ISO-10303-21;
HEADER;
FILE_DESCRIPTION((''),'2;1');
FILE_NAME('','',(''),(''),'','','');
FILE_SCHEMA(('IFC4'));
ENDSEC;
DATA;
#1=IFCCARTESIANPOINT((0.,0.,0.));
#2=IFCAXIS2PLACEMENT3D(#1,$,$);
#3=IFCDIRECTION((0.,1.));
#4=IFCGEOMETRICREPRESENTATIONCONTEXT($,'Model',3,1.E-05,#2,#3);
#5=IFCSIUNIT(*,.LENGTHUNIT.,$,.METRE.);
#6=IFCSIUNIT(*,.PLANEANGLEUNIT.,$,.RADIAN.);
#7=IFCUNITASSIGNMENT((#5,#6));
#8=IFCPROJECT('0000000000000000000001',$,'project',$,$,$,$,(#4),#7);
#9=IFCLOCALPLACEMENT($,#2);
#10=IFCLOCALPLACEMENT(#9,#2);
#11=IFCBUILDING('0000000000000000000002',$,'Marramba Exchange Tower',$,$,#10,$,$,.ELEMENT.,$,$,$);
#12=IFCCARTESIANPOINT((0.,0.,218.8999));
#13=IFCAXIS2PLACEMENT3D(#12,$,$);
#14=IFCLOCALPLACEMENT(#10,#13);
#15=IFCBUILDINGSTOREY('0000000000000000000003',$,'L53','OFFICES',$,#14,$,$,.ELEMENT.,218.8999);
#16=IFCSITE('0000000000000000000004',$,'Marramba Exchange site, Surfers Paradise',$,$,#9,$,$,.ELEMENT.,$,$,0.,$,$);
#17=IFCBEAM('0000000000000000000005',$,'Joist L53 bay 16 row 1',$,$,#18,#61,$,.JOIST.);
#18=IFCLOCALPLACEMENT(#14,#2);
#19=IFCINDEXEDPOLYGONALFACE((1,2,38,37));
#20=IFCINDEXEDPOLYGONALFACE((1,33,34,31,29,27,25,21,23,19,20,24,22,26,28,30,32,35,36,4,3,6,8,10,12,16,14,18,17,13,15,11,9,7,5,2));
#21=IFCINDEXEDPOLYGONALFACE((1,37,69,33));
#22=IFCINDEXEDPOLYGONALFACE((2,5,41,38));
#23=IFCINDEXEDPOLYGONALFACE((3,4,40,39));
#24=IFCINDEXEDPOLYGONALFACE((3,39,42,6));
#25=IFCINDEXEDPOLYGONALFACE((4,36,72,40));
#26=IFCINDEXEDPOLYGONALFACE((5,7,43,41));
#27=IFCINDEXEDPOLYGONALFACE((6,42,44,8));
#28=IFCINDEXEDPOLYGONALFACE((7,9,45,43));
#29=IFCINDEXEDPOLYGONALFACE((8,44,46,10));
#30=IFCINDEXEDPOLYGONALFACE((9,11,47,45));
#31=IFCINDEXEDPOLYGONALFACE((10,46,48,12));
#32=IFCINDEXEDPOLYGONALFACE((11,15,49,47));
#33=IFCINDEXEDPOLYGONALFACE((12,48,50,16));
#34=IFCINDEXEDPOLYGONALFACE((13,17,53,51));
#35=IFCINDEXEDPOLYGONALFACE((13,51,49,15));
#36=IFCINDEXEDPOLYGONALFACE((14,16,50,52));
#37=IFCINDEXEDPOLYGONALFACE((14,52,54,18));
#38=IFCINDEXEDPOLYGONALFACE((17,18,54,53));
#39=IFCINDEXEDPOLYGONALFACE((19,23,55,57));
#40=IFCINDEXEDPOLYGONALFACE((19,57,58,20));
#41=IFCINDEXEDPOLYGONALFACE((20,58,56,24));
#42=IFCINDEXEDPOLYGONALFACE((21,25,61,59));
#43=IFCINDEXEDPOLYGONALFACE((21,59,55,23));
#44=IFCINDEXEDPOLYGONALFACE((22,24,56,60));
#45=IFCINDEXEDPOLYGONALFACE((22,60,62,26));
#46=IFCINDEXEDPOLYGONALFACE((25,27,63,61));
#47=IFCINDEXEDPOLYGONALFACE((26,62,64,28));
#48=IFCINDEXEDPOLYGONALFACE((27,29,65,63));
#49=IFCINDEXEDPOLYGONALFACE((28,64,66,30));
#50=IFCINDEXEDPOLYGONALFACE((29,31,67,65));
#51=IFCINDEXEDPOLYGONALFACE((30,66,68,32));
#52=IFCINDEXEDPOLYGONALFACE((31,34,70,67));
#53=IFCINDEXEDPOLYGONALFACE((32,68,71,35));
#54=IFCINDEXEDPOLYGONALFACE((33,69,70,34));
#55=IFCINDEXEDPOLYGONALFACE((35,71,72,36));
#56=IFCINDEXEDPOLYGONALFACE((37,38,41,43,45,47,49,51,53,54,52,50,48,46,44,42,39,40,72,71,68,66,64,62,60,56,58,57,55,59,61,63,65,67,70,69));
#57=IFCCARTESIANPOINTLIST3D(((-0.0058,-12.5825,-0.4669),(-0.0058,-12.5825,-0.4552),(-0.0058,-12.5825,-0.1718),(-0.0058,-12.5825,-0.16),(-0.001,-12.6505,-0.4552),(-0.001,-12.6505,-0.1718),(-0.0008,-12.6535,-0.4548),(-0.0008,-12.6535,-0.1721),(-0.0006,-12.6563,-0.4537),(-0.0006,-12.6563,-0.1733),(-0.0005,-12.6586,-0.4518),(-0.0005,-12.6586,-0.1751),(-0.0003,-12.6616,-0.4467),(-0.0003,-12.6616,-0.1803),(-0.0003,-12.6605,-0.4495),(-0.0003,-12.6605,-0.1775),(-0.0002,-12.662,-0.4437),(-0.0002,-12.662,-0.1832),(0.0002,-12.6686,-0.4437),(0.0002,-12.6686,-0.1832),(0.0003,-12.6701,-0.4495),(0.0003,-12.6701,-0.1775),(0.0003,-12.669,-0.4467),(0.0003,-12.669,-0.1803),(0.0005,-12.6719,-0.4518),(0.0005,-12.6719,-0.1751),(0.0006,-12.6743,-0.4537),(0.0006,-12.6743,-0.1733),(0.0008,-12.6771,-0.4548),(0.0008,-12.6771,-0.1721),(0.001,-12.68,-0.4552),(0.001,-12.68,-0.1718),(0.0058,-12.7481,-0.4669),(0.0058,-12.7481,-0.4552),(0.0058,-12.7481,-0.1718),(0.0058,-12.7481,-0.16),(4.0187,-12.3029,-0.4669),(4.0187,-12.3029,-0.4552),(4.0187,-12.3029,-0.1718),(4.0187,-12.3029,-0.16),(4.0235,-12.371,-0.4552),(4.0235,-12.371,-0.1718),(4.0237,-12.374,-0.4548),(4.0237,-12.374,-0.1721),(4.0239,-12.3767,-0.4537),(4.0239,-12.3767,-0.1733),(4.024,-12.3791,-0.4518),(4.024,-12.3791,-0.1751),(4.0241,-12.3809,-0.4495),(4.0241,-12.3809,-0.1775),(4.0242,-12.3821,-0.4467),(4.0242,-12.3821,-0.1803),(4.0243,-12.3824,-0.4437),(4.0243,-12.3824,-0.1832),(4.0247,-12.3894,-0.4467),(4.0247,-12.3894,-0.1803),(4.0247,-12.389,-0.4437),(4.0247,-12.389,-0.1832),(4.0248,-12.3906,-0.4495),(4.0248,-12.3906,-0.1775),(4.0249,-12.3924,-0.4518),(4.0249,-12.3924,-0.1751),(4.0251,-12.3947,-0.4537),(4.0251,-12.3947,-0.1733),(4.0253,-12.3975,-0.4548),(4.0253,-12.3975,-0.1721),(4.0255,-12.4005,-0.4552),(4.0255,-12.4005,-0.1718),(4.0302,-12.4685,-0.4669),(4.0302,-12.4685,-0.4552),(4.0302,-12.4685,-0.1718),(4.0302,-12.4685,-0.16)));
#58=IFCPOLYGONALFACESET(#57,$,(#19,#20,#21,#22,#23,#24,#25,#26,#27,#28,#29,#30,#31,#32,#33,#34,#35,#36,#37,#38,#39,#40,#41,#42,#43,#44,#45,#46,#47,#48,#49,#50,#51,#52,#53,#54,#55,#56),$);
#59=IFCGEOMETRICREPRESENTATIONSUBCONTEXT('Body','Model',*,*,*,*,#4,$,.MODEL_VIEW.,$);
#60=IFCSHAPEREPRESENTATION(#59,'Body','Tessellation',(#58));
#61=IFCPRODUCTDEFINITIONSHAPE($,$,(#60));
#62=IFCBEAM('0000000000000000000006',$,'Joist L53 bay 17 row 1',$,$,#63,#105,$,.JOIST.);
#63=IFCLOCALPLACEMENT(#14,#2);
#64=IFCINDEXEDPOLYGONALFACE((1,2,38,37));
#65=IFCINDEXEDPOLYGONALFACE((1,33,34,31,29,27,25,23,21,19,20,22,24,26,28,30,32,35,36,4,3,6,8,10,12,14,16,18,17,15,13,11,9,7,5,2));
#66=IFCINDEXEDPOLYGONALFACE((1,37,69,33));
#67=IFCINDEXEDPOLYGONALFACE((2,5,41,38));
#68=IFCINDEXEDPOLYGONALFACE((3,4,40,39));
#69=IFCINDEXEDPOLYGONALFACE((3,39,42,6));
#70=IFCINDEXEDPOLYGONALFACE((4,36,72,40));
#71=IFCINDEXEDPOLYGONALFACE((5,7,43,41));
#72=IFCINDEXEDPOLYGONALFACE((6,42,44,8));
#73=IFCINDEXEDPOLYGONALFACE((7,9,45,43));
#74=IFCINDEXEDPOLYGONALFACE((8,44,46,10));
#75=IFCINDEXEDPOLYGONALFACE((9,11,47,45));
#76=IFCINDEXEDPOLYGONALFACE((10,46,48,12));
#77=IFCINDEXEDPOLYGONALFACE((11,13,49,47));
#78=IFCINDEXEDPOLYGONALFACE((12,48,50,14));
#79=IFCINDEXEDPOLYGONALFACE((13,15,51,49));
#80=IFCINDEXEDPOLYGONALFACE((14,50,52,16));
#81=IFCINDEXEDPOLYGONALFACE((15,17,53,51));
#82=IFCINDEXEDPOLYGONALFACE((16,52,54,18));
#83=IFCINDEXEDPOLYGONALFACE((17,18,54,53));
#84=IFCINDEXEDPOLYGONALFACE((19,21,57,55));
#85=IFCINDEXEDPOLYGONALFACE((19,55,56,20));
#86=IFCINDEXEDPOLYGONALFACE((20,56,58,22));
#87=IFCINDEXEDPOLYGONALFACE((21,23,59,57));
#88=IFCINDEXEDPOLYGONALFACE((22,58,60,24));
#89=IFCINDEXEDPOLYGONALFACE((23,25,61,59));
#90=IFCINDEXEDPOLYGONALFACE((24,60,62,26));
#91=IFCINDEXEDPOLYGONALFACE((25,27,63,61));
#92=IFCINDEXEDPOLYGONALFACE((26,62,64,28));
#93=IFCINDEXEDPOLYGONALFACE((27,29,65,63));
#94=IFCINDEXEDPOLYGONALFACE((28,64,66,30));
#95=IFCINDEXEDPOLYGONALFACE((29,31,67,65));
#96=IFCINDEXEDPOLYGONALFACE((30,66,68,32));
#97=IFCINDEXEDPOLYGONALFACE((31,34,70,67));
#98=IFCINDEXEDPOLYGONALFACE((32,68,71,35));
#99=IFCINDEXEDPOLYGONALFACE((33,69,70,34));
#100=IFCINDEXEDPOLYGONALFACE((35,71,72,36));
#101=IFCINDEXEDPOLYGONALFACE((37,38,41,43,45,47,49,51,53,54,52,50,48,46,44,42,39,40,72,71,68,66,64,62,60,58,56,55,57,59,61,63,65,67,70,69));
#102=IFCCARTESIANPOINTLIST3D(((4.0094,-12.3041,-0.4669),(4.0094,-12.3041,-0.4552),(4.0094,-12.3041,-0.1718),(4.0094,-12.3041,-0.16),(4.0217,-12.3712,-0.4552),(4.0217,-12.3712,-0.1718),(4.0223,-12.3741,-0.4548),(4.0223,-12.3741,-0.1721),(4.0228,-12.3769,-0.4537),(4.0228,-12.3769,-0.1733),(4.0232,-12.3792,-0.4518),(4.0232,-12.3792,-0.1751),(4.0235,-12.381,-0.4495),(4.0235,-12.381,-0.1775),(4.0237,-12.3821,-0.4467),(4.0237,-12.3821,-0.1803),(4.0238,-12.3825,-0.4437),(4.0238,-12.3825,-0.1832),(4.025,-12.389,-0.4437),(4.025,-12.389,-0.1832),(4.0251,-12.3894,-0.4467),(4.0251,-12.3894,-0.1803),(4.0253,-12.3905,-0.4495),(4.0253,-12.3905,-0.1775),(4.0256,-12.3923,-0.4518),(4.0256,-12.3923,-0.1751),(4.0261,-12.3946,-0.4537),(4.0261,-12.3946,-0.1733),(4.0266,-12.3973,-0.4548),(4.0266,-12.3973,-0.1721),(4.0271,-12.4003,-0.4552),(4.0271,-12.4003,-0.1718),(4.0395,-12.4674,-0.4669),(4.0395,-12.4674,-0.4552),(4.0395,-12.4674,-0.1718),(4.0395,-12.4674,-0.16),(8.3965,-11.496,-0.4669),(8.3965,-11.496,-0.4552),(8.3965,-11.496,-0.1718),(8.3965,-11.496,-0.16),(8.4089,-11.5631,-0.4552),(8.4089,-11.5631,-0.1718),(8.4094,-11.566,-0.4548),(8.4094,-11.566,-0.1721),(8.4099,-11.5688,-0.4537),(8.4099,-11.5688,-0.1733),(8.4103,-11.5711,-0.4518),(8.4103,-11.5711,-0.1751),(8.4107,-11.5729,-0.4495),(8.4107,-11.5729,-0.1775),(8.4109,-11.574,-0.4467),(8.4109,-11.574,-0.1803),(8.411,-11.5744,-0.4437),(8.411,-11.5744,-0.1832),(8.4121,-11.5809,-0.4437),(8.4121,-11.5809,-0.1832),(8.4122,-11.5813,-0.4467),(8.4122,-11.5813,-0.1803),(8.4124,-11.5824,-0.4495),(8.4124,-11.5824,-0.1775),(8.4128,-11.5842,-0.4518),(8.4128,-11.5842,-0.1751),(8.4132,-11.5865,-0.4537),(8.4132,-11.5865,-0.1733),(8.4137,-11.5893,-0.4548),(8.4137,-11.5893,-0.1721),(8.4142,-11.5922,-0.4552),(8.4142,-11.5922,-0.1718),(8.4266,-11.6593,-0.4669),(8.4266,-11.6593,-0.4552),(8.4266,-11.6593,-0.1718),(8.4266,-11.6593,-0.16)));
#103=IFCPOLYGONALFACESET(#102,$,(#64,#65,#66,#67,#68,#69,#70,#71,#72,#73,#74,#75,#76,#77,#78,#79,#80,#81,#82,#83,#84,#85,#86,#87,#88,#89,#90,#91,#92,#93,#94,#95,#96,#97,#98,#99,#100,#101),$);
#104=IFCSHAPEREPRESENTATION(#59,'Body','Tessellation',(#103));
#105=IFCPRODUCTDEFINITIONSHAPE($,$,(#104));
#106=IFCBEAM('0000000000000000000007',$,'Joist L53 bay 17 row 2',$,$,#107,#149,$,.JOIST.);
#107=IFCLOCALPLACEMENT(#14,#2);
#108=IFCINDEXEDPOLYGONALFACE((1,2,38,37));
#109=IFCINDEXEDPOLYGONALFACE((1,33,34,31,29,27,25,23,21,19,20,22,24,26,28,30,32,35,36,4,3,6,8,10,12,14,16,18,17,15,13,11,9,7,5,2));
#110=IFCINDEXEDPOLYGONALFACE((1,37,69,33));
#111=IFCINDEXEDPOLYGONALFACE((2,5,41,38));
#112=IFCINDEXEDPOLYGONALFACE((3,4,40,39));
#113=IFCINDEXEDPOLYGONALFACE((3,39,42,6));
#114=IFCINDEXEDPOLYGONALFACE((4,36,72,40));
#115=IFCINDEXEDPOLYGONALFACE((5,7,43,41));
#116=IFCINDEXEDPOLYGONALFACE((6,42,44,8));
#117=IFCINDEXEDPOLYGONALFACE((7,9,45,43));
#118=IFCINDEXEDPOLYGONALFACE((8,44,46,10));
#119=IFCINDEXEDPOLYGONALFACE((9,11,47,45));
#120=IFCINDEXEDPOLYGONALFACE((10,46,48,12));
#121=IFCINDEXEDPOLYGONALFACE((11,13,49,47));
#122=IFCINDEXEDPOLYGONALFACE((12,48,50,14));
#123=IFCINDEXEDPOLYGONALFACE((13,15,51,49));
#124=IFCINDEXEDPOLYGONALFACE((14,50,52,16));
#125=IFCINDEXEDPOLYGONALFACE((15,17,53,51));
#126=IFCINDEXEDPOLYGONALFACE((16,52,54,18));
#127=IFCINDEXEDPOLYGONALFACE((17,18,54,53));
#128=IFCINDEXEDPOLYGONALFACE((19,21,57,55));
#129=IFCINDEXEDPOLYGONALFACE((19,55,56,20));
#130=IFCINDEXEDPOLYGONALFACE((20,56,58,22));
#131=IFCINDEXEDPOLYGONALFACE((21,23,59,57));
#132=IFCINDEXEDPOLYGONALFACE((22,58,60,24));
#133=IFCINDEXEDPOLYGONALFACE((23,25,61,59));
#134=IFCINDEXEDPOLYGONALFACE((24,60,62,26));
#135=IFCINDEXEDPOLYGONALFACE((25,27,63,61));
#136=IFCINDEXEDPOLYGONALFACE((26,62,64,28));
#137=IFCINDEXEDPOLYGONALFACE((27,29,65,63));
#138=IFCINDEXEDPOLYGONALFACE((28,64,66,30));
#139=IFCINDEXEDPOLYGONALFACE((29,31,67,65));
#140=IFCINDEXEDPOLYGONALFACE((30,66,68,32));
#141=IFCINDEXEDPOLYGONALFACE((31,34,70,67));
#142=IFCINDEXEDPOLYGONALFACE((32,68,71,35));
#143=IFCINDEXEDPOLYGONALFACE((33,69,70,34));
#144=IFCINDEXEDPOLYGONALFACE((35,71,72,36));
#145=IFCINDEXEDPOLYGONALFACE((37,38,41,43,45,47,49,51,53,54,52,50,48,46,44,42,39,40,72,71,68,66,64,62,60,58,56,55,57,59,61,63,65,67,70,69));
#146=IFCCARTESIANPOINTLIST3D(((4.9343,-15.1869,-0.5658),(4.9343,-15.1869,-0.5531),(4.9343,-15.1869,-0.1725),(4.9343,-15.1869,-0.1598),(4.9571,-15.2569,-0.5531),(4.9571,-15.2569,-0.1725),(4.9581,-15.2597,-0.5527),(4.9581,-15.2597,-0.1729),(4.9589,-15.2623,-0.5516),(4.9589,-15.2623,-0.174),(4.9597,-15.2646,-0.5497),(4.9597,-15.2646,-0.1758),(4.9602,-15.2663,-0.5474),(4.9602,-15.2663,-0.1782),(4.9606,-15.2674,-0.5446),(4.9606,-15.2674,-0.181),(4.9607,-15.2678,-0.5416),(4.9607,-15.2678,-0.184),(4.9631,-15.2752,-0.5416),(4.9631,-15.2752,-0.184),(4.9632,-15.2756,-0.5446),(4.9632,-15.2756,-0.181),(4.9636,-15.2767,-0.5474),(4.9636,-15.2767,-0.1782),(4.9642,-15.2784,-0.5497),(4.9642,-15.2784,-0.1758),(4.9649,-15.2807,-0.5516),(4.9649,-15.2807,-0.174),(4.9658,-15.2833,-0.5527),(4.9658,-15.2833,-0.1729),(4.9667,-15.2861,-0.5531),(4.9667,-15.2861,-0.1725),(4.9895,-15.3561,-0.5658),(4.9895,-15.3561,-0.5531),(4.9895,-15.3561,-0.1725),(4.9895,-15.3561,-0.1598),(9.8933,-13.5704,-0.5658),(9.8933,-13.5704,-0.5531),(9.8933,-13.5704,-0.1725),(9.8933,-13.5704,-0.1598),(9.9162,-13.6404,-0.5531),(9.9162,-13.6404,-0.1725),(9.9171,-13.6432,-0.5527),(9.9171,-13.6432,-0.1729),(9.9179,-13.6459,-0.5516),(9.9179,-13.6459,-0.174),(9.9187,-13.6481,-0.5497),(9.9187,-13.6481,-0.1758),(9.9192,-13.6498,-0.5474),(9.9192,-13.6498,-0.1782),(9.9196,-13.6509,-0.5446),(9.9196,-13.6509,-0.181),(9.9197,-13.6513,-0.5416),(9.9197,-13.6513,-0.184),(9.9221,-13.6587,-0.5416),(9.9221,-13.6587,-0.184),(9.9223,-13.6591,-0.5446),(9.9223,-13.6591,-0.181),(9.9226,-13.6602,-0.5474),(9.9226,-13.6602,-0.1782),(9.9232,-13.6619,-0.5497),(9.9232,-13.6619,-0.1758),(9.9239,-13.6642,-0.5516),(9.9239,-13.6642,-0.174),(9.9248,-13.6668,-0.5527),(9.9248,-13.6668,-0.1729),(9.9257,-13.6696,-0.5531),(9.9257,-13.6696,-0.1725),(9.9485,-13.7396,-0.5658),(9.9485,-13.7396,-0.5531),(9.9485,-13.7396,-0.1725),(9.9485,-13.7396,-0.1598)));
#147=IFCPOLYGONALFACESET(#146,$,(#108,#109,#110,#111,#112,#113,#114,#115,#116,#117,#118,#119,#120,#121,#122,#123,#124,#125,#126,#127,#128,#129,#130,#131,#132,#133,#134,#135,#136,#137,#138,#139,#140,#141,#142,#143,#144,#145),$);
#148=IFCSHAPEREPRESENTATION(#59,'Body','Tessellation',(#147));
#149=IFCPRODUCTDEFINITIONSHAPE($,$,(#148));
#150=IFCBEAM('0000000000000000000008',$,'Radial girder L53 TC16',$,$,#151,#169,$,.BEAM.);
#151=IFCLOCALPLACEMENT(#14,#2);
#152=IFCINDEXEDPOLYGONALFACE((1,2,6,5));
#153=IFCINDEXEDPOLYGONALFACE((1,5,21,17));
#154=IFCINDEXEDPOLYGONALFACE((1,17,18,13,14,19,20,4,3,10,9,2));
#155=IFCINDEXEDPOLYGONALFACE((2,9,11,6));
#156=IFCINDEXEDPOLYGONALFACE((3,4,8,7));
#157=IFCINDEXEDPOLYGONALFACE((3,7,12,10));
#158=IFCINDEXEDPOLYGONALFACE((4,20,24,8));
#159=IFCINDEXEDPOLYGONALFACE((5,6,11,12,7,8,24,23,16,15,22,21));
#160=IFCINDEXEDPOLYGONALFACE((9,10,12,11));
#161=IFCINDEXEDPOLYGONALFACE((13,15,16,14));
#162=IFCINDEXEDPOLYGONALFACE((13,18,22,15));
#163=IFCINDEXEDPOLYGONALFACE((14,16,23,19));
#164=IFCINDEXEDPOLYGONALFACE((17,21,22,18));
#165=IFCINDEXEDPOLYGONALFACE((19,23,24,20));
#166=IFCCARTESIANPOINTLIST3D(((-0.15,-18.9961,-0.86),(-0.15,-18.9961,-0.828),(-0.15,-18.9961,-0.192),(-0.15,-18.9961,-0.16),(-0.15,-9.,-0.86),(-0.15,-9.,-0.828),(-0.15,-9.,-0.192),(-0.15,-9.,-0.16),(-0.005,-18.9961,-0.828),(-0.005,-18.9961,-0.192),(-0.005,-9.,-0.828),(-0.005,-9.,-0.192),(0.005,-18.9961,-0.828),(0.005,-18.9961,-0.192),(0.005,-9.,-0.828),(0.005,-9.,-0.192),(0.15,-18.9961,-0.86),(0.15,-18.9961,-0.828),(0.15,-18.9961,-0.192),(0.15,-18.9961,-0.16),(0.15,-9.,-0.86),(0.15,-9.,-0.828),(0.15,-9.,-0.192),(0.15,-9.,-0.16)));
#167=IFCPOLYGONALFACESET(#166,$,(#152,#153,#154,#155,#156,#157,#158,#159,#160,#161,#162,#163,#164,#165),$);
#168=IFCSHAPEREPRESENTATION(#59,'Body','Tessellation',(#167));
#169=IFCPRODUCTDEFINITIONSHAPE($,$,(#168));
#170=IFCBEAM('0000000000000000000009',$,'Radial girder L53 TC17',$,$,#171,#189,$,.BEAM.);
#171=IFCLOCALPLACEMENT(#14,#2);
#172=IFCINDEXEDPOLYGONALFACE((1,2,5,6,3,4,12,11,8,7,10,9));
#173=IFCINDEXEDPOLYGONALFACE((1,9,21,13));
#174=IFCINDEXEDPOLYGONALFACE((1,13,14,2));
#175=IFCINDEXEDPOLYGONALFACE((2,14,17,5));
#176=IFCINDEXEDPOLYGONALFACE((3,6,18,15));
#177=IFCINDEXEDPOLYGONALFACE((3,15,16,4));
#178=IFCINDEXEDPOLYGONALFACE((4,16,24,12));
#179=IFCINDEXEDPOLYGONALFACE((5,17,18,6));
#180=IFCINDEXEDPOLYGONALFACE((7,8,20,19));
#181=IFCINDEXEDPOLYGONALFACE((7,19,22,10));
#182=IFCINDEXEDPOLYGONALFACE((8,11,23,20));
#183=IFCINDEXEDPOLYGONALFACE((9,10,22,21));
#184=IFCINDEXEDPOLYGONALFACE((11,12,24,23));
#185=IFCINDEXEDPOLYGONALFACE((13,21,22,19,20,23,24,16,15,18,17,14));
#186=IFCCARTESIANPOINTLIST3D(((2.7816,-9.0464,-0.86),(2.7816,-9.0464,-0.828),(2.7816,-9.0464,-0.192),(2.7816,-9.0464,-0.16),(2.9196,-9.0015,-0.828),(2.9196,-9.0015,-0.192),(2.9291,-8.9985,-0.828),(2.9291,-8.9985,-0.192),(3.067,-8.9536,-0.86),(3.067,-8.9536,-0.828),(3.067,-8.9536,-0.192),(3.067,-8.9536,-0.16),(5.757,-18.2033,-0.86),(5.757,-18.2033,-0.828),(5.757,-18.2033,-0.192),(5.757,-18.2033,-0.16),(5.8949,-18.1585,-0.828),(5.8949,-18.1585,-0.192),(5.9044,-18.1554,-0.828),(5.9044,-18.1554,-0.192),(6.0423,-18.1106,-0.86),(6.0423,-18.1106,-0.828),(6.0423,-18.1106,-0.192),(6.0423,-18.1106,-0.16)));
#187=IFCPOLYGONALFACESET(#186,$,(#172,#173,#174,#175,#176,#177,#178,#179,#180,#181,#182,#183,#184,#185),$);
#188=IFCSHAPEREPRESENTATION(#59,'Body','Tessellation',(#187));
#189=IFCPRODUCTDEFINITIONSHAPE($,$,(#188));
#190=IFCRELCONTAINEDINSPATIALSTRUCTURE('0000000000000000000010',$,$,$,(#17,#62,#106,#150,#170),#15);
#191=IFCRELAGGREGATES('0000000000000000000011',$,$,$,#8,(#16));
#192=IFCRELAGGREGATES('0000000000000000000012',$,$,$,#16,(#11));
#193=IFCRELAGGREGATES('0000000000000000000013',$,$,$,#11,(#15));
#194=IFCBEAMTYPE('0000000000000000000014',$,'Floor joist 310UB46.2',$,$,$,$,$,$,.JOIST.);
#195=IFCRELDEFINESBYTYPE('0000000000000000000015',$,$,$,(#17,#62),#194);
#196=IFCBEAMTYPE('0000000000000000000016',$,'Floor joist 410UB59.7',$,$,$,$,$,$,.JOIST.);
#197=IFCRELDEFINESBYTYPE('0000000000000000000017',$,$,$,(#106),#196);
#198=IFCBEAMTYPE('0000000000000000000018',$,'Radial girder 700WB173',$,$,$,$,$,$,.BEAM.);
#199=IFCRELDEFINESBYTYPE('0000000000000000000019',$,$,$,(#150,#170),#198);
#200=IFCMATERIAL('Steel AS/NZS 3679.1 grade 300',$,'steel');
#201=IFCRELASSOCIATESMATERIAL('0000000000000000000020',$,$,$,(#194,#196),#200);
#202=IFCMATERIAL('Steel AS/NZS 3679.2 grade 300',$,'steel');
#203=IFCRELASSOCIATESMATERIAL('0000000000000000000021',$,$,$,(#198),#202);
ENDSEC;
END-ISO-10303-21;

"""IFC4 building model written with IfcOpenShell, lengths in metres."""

from ifc_helpers import new_model, si_unit, direction, frame, origin, origin_2d, place, context, subcontext, project, spatial, i_section, extrude, material, material_profile, profile_set, type_object, element, save


model = new_model("IFC4")

# Units and contexts
model_context = context("Model", 3, precision=1e-05, world=origin(), true_north=direction((0.0, 1.0)))
body_context = subcontext(model_context, "Body", "Model", "MODEL_VIEW")
ifc_project = project(units=[si_unit("LENGTHUNIT", "METRE"), si_unit("PLANEANGLEUNIT", "RADIAN")], contexts=[model_context])

# Site, building, storey
site_placement = place(None, origin())
site = spatial("IfcSite", under=ifc_project, at=site_placement, Name="Marramba Exchange site, Surfers Paradise", CompositionType="ELEMENT", RefElevation=0.0)
building_placement = place(site_placement, origin())
building = spatial("IfcBuilding", under=site, at=building_placement, Name="Marramba Exchange Tower", CompositionType="ELEMENT")
storey_placement = place(building_placement, frame((0.0, 0.0, 218.8999)))
storey = spatial("IfcBuildingStorey", under=building, at=storey_placement, Name="L53", Description="OFFICES", CompositionType="ELEMENT", Elevation=218.8999)

# Beams
ifc_material_1 = material(Name="Steel AS/NZS 3679.1 grade 300", Category="steel")
ifc_material_profile_1 = material_profile(ifc_material_1, i_section(OverallWidth=0.166, OverallDepth=0.3069, WebThickness=0.0066, FlangeThickness=0.0117, FilletRadius=0.0115, at=origin_2d()), Name="310UB46.2")
ifc_profile_set_1 = profile_set([ifc_material_profile_1], Name="Steel AS/NZS 3679.1 grade 300")
beam_type_1 = type_object("IfcBeamType", Name="Floor joist 310UB46.2", PredefinedType="JOIST", material=ifc_profile_set_1)
beam_1_placement = place(storey_placement, frame((0.0, -12.6653, -0.3135), z_axis=(0.997596, 0.069294, 0.0), x_axis=(-0.069294, 0.997596, 0.0)))
element("IfcBeam", 1, at=beam_1_placement, inside=storey, type_object=beam_type_1, Name="Joist L53 bay 16 row 1", PredefinedType="JOIST", context=body_context, shape_type="SweptSolid", body=[
    extrude(i_section(OverallWidth=0.166, OverallDepth=0.3069, WebThickness=0.0066, FlangeThickness=0.0117, FilletRadius=0.0115, at=origin_2d()), origin(), (0.0, 0.0, 1.0), 4.0342),
])
beam_2_placement = place(storey_placement, frame((4.0244, -12.3857, -0.3135), z_axis=(0.983456, 0.181149, 0.0), x_axis=(-0.181149, 0.983456, 0.0)))
element("IfcBeam", 2, at=beam_2_placement, inside=storey, type_object=beam_type_1, Name="Joist L53 bay 17 row 1", PredefinedType="JOIST", context=body_context, shape_type="SweptSolid", body=[
    extrude(i_section(OverallWidth=0.166, OverallDepth=0.3069, WebThickness=0.0066, FlangeThickness=0.0117, FilletRadius=0.0115, at=origin_2d()), origin(), (0.0, 0.0, 1.0), 4.4609),
])
ifc_material_profile_2 = material_profile(ifc_material_1, i_section(OverallWidth=0.178, OverallDepth=0.406, WebThickness=0.0078, FlangeThickness=0.0127, FilletRadius=0.0115, at=origin_2d()), Name="410UB59.7")
ifc_profile_set_2 = profile_set([ifc_material_profile_2], Name="Steel AS/NZS 3679.1 grade 300")
beam_type_2 = type_object("IfcBeamType", Name="Floor joist 410UB59.7", PredefinedType="JOIST", material=ifc_profile_set_2)
beam_3_placement = place(storey_placement, frame((4.9619, -15.2715, -0.3628), z_axis=(0.950764, 0.309916, 0.0), x_axis=(-0.309916, 0.950764, 0.0)))
element("IfcBeam", 3, at=beam_3_placement, inside=storey, type_object=beam_type_2, Name="Joist L53 bay 17 row 2", PredefinedType="JOIST", context=body_context, shape_type="SweptSolid", body=[
    extrude(i_section(OverallWidth=0.178, OverallDepth=0.406, WebThickness=0.0078, FlangeThickness=0.0127, FilletRadius=0.0115, at=origin_2d()), origin(), (0.0, 0.0, 1.0), 5.2158),
])
ifc_material_2 = material(Name="Steel AS/NZS 3679.2 grade 300", Category="steel")
ifc_material_profile_3 = material_profile(ifc_material_2, i_section(OverallWidth=0.3, OverallDepth=0.7, WebThickness=0.01, FlangeThickness=0.032, at=origin_2d()), Name="700WB173")
ifc_profile_set_3 = profile_set([ifc_material_profile_3], Name="Steel AS/NZS 3679.2 grade 300")
beam_type_3 = type_object("IfcBeamType", Name="Radial girder 700WB173", PredefinedType="BEAM", material=ifc_profile_set_3)
beam_4_placement = place(storey_placement, frame((0.0, -9.0, -0.51), z_axis=(0.0, -1.0, 0.0), x_axis=(1.0, 0.0, 0.0)))
element("IfcBeam", 4, at=beam_4_placement, inside=storey, type_object=beam_type_3, Name="Radial girder L53 TC16", PredefinedType="BEAM", context=body_context, shape_type="SweptSolid", body=[
    extrude(i_section(OverallWidth=0.3, OverallDepth=0.7, WebThickness=0.01, FlangeThickness=0.032, at=origin_2d()), origin(), (0.0, 0.0, 1.0), 9.9961),
])
beam_5_placement = place(storey_placement, frame((2.9243, -9.0, -0.51), z_axis=(0.309022, -0.951055, 0.0), x_axis=(0.951055, 0.309022, 0.0)))
element("IfcBeam", 5, at=beam_5_placement, inside=storey, type_object=beam_type_3, Name="Radial girder L53 TC17", PredefinedType="BEAM", context=body_context, shape_type="SweptSolid", body=[
    extrude(i_section(OverallWidth=0.3, OverallDepth=0.7, WebThickness=0.01, FlangeThickness=0.032, at=origin_2d()), origin(), (0.0, 0.0, 1.0), 9.6282),
])

save(model, "model.ifc")
